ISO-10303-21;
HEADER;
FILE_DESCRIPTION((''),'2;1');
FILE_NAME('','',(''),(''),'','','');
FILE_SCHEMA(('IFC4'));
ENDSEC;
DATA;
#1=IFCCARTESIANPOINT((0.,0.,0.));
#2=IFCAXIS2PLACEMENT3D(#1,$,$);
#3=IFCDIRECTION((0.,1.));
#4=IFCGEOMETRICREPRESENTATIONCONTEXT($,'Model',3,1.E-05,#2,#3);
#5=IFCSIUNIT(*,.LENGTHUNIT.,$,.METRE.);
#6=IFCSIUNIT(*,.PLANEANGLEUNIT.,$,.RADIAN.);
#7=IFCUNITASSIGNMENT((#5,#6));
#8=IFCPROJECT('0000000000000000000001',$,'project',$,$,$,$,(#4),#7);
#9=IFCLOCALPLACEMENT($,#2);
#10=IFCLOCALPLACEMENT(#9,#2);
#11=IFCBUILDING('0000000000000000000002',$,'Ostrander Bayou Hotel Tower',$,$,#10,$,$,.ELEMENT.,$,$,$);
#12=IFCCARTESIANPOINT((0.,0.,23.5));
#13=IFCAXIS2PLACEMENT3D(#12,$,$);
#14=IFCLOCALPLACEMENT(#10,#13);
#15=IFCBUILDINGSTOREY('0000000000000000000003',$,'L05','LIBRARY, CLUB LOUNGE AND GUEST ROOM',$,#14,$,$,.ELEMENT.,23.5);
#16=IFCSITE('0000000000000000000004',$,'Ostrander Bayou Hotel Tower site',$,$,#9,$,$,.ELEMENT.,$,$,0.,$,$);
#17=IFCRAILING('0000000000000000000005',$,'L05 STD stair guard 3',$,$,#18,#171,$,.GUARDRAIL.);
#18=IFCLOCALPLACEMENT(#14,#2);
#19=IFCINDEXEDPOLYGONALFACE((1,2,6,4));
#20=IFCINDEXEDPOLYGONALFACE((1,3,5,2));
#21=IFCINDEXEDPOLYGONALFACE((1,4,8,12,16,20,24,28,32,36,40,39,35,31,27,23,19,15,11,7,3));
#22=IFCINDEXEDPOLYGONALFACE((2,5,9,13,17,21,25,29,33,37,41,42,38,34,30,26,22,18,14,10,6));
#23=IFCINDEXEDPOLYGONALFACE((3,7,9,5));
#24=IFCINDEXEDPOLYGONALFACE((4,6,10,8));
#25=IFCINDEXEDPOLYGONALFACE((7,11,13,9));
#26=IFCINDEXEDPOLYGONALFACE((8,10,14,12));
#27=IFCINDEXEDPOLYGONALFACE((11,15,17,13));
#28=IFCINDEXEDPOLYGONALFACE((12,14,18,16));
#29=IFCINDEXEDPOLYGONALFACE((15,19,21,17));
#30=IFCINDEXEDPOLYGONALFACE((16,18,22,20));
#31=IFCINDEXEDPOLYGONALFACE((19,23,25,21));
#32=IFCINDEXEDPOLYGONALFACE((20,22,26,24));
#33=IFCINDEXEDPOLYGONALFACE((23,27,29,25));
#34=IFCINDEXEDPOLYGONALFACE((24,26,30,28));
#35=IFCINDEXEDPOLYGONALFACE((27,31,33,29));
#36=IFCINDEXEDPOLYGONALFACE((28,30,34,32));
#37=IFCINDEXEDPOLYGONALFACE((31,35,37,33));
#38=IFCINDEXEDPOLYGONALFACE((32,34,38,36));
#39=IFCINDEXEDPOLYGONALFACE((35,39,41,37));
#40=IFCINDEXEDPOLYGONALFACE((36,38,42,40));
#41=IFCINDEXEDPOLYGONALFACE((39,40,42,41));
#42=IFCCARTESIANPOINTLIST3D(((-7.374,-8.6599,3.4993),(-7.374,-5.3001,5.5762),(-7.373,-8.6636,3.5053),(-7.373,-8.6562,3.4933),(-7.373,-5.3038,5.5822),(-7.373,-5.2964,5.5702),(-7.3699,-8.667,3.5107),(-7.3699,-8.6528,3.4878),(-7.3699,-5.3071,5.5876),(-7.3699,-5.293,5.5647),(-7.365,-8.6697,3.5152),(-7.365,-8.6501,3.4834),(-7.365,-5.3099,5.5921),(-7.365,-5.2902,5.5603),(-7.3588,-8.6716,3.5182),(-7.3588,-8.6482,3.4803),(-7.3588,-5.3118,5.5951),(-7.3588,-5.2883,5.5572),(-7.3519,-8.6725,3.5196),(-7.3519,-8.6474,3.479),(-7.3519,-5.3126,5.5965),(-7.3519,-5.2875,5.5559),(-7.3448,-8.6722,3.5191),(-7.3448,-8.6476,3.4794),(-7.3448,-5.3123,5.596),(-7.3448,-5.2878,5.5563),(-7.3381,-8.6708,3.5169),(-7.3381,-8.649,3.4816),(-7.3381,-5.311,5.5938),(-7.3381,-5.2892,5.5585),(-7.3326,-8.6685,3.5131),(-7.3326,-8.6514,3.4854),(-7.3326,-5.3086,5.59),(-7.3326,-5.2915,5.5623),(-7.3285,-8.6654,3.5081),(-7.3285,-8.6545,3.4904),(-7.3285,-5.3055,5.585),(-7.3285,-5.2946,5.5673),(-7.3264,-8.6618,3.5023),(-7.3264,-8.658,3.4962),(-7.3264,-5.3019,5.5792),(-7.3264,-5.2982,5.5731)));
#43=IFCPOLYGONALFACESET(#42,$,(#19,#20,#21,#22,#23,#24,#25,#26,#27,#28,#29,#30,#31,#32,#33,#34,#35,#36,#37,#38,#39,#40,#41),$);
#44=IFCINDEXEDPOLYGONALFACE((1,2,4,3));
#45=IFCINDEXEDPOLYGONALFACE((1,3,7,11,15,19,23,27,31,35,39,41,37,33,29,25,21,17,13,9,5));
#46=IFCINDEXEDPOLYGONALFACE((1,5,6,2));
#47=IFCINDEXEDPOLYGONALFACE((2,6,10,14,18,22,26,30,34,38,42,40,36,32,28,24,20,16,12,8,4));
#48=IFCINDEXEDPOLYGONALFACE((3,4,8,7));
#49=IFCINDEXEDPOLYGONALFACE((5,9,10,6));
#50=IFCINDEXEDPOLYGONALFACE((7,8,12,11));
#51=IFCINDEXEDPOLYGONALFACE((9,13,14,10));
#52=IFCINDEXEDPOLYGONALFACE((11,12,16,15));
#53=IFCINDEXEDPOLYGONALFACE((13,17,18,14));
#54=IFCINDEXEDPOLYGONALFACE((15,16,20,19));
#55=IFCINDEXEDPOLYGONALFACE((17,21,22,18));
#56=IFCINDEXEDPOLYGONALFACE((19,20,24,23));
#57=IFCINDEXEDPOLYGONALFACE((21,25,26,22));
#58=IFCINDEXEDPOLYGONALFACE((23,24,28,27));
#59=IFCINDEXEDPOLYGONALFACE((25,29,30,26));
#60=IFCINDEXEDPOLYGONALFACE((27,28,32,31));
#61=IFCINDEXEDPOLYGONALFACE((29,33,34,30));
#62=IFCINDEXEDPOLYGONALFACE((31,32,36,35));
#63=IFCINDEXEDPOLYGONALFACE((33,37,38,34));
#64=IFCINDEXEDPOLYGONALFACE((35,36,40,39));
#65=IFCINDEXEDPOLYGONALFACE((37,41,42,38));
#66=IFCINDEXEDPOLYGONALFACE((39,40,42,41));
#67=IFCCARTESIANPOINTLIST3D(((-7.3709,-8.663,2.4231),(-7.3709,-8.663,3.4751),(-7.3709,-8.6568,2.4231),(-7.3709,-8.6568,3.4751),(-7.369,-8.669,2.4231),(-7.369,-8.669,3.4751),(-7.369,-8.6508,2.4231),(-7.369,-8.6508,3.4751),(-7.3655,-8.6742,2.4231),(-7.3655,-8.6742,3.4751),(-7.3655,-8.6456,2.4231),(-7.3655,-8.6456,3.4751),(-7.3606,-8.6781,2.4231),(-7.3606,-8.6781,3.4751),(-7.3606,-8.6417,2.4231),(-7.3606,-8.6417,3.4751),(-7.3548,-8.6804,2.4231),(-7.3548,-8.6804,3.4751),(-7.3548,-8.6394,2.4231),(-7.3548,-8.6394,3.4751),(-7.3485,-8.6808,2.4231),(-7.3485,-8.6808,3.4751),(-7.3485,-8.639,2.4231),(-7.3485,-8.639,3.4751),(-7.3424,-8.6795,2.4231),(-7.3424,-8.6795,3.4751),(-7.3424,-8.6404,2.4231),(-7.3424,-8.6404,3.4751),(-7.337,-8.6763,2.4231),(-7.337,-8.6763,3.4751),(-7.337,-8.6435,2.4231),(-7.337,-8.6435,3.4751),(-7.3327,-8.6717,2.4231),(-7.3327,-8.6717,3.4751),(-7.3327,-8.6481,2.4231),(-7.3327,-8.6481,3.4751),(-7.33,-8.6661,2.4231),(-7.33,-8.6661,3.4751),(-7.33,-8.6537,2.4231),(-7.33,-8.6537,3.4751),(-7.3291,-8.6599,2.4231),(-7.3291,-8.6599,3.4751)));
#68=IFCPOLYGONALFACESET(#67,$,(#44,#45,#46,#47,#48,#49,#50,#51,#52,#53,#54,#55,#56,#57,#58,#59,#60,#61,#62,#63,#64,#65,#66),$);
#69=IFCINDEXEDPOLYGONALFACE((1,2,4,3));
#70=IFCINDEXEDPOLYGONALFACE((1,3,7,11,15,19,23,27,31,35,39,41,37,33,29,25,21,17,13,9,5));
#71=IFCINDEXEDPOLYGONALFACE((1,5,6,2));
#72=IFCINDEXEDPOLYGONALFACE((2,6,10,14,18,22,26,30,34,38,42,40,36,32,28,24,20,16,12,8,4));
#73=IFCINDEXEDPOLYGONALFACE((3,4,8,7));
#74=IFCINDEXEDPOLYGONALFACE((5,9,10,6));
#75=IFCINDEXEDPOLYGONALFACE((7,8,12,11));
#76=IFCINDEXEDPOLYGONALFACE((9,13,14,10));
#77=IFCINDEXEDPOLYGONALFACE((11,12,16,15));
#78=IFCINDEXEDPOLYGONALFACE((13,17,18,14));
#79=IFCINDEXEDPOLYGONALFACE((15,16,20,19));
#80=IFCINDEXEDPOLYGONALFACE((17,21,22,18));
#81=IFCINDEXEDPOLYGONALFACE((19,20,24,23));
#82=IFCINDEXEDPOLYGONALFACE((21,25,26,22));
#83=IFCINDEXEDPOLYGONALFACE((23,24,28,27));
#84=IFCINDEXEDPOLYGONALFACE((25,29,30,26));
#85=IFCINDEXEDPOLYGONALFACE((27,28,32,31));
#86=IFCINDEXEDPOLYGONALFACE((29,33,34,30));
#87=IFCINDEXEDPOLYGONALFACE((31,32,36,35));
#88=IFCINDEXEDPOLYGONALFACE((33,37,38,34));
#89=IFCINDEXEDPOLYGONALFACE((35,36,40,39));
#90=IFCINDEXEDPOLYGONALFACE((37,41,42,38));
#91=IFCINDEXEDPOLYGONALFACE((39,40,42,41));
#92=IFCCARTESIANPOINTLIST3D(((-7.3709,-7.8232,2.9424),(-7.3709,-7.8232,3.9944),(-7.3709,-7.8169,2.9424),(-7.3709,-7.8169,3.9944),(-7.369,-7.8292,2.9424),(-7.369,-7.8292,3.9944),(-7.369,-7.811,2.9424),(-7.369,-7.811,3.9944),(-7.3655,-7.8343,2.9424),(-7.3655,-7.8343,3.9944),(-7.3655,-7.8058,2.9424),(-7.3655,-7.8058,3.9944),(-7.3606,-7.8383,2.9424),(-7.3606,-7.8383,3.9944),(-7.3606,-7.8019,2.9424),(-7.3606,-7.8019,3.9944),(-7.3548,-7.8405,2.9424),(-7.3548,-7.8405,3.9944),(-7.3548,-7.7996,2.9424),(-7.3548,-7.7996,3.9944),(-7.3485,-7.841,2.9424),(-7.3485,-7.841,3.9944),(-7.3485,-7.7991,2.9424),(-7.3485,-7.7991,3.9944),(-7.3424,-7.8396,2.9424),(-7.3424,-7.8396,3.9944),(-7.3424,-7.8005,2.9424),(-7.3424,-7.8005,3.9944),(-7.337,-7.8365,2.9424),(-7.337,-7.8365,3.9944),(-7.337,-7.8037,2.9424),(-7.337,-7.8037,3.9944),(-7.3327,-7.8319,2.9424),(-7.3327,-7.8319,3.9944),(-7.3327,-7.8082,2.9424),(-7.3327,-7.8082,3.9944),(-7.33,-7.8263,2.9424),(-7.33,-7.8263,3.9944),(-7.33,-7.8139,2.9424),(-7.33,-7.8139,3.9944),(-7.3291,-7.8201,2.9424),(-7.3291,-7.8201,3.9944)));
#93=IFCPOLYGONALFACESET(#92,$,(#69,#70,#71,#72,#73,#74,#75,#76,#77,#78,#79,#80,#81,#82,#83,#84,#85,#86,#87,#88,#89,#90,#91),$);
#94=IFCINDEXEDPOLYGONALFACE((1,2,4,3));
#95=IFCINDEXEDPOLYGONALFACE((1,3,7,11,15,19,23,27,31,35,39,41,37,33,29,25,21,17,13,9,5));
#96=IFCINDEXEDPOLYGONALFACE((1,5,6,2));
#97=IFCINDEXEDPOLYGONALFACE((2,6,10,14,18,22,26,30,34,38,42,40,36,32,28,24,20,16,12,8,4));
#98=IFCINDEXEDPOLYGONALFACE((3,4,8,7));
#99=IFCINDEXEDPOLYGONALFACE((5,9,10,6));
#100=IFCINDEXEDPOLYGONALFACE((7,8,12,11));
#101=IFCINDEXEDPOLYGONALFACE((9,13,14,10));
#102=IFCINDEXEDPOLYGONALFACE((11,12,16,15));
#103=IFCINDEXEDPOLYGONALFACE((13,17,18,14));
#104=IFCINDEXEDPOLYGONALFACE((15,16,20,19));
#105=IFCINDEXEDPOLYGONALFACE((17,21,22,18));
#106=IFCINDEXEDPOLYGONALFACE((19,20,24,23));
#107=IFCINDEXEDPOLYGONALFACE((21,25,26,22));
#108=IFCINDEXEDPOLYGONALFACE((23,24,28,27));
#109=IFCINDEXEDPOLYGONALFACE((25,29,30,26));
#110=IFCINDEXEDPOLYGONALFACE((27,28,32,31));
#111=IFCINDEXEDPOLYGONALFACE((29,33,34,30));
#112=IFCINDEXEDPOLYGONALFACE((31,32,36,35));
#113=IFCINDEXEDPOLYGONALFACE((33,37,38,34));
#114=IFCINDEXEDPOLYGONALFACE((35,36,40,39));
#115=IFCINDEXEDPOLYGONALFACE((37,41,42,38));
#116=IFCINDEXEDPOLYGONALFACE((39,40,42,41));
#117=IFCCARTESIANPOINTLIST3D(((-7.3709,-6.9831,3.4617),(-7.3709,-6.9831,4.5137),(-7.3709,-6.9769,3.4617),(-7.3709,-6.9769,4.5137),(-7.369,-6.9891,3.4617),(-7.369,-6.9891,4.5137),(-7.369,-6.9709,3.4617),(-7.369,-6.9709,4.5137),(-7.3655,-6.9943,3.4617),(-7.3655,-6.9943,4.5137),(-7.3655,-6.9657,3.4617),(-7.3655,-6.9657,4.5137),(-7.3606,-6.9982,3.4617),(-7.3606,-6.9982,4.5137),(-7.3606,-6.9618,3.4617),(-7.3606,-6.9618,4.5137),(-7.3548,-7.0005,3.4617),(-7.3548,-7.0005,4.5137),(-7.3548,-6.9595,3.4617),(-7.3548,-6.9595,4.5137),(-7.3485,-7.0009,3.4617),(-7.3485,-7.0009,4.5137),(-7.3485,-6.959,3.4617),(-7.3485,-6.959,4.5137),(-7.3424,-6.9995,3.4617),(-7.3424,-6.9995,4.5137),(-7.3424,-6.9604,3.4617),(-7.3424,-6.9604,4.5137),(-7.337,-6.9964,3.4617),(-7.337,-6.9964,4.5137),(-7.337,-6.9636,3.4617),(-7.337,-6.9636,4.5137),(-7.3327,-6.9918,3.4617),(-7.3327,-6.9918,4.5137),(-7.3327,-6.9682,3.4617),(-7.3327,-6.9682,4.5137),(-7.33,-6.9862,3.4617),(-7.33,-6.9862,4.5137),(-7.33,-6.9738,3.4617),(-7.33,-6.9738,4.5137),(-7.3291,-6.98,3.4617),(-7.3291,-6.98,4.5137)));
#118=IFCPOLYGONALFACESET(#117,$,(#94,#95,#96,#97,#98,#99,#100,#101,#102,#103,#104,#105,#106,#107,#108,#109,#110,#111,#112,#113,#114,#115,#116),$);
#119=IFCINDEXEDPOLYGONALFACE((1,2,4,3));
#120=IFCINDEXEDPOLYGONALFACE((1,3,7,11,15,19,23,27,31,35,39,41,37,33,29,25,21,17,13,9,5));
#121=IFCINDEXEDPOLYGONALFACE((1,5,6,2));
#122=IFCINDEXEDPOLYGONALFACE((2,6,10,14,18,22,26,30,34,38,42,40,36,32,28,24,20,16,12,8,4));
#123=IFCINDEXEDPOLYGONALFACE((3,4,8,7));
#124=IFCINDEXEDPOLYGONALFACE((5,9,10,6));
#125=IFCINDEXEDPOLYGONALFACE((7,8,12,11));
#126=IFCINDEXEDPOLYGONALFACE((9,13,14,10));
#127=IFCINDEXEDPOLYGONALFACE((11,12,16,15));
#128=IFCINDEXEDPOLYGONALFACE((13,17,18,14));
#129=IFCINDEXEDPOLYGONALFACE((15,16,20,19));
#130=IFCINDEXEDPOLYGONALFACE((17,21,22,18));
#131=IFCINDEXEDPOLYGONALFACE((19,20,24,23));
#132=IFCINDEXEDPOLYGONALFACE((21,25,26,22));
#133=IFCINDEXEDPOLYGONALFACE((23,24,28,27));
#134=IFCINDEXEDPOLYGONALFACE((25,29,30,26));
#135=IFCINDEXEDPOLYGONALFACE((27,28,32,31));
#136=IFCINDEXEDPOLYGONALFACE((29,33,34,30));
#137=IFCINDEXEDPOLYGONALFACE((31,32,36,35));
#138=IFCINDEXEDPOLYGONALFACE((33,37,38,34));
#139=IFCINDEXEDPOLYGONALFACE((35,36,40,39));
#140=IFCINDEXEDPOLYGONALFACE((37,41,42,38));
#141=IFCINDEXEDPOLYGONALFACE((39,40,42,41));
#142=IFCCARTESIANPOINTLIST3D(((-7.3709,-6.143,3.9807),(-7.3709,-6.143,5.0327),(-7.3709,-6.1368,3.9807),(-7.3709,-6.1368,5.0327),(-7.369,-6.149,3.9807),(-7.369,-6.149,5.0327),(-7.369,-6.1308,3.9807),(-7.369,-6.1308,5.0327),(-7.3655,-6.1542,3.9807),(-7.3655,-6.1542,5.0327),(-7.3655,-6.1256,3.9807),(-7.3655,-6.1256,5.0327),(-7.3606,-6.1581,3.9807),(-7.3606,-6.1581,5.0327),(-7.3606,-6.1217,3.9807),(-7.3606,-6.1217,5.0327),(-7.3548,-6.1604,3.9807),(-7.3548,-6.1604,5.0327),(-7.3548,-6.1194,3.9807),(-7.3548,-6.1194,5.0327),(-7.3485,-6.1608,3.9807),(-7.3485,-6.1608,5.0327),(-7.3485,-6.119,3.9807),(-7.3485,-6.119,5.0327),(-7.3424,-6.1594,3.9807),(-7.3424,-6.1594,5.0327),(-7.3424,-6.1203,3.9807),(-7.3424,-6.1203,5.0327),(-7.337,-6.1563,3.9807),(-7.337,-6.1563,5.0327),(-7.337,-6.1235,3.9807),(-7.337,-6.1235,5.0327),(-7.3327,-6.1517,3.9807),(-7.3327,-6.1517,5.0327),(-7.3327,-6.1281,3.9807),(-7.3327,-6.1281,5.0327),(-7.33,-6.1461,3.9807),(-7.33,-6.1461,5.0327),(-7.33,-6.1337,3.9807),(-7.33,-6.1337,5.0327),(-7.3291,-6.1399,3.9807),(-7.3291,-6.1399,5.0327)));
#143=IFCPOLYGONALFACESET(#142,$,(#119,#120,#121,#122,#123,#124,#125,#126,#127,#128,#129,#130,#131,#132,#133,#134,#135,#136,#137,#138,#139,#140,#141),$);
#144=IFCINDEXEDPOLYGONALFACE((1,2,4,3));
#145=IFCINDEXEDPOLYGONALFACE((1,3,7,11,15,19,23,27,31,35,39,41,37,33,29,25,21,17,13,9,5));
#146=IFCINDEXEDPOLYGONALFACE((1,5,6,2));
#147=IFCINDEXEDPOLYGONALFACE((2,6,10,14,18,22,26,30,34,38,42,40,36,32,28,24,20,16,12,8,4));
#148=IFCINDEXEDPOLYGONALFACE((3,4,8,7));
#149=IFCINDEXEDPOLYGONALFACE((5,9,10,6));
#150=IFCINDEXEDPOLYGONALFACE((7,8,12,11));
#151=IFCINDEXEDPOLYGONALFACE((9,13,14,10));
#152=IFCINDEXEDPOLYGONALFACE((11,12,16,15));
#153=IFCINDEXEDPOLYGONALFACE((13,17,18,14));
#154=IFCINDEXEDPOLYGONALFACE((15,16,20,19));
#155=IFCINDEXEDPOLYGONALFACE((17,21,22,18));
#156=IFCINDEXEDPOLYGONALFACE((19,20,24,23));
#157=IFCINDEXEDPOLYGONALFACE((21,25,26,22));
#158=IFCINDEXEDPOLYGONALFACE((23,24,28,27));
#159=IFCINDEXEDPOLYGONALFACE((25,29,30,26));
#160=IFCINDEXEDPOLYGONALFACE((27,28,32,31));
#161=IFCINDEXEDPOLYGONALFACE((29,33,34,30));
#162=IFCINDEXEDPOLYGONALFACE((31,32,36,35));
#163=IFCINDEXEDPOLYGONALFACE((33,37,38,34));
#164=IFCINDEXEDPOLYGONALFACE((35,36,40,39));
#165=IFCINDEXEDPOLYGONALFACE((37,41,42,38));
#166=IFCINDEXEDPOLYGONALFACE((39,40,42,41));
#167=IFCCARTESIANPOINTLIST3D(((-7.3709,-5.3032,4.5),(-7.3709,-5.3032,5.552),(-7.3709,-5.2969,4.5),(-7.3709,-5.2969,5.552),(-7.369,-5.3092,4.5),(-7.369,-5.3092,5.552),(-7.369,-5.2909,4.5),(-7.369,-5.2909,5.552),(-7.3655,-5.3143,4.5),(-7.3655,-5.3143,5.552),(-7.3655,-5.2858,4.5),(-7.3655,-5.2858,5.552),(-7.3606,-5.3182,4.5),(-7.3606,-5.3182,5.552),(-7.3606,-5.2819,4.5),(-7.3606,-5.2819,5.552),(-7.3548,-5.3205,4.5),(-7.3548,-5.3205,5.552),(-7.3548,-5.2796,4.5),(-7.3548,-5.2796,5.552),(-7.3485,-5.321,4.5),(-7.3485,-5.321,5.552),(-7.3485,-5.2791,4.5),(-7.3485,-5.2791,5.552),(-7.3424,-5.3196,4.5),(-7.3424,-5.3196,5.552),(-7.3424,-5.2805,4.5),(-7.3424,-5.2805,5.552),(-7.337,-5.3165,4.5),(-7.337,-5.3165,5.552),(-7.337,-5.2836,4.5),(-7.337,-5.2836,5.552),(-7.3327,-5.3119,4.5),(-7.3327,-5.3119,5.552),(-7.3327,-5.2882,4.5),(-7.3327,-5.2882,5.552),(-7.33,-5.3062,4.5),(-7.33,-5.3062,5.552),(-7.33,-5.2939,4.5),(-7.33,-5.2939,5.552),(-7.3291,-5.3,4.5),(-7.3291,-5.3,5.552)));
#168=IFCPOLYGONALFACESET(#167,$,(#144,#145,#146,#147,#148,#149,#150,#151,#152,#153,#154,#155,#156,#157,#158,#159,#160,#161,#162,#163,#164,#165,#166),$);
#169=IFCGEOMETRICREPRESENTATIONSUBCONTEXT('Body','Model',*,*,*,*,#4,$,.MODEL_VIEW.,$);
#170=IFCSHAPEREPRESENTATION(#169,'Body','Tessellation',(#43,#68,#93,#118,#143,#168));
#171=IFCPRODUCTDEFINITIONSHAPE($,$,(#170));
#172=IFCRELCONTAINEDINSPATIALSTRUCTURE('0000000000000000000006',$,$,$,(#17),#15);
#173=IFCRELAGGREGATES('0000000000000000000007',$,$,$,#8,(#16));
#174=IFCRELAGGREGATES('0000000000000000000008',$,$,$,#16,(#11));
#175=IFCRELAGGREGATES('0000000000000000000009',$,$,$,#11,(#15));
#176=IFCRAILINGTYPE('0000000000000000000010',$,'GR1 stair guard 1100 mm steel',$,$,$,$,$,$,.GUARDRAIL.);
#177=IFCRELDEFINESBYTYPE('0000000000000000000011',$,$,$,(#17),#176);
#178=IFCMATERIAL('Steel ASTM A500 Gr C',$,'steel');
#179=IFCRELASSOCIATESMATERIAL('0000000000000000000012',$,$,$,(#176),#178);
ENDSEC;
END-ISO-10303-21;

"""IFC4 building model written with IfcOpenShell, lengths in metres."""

from ifc_helpers import new_model, si_unit, direction, frame, origin, origin_2d, place, context, subcontext, project, spatial, circle, extrude, material, type_object, element, save


model = new_model("IFC4")

# Units and contexts
model_context = context("Model", 3, precision=1e-05, world=origin(), true_north=direction((0.0, 1.0)))
body_context = subcontext(model_context, "Body", "Model", "MODEL_VIEW")
ifc_project = project(units=[si_unit("LENGTHUNIT", "METRE"), si_unit("PLANEANGLEUNIT", "RADIAN")], contexts=[model_context])

# Site, building, storey
site_placement = place(None, origin())
site = spatial("IfcSite", under=ifc_project, at=site_placement, Name="Ostrander Bayou Hotel Tower site", CompositionType="ELEMENT", RefElevation=0.0)
building_placement = place(site_placement, origin())
building = spatial("IfcBuilding", under=site, at=building_placement, Name="Ostrander Bayou Hotel Tower", CompositionType="ELEMENT")
storey_placement = place(building_placement, frame((0.0, 0.0, 23.5)))
storey = spatial("IfcBuildingStorey", under=building, at=storey_placement, Name="L05", Description="LIBRARY, CLUB LOUNGE AND GUEST ROOM", CompositionType="ELEMENT", Elevation=23.5)

# Railing
ifc_material_1 = material(Name="Steel ASTM A500 Gr C", Category="steel")
railing_type_1 = type_object("IfcRailingType", Name="GR1 stair guard 1100 mm steel", PredefinedType="GUARDRAIL", material=ifc_material_1)
railing_1_placement = place(storey_placement, frame((-7.3501, -8.6599, 2.4231)))
element("IfcRailing", 1, at=railing_1_placement, inside=storey, type_object=railing_type_1, Name="L05 STD stair guard 3", PredefinedType="GUARDRAIL", context=body_context, shape_type="SweptSolid", body=[
    extrude(circle(Radius=0.0239, at=origin_2d()), frame((0.0, 0.0, 1.0762), z_axis=(0.0, 0.850606, 0.525803), x_axis=(-1.0, 0.0, 0.0)), (0.0, 0.0, 1.0), 3.95),
    extrude(circle(Radius=0.021, at=origin_2d()), origin(), (0.0, 0.0, 1.0), 1.052),
    extrude(circle(Radius=0.021, at=origin_2d()), frame((0.0, 0.8398, 0.5193)), (0.0, 0.0, 1.0), 1.052),
    extrude(circle(Radius=0.021, at=origin_2d()), frame((0.0, 1.6799, 1.0386)), (0.0, 0.0, 1.0), 1.052),
    extrude(circle(Radius=0.021, at=origin_2d()), frame((0.0, 2.52, 1.5576)), (0.0, 0.0, 1.0), 1.052),
    extrude(circle(Radius=0.021, at=origin_2d()), frame((0.0, 3.3599, 2.0769)), (0.0, 0.0, 1.0), 1.052),
])

save(model, "model.ifc")
